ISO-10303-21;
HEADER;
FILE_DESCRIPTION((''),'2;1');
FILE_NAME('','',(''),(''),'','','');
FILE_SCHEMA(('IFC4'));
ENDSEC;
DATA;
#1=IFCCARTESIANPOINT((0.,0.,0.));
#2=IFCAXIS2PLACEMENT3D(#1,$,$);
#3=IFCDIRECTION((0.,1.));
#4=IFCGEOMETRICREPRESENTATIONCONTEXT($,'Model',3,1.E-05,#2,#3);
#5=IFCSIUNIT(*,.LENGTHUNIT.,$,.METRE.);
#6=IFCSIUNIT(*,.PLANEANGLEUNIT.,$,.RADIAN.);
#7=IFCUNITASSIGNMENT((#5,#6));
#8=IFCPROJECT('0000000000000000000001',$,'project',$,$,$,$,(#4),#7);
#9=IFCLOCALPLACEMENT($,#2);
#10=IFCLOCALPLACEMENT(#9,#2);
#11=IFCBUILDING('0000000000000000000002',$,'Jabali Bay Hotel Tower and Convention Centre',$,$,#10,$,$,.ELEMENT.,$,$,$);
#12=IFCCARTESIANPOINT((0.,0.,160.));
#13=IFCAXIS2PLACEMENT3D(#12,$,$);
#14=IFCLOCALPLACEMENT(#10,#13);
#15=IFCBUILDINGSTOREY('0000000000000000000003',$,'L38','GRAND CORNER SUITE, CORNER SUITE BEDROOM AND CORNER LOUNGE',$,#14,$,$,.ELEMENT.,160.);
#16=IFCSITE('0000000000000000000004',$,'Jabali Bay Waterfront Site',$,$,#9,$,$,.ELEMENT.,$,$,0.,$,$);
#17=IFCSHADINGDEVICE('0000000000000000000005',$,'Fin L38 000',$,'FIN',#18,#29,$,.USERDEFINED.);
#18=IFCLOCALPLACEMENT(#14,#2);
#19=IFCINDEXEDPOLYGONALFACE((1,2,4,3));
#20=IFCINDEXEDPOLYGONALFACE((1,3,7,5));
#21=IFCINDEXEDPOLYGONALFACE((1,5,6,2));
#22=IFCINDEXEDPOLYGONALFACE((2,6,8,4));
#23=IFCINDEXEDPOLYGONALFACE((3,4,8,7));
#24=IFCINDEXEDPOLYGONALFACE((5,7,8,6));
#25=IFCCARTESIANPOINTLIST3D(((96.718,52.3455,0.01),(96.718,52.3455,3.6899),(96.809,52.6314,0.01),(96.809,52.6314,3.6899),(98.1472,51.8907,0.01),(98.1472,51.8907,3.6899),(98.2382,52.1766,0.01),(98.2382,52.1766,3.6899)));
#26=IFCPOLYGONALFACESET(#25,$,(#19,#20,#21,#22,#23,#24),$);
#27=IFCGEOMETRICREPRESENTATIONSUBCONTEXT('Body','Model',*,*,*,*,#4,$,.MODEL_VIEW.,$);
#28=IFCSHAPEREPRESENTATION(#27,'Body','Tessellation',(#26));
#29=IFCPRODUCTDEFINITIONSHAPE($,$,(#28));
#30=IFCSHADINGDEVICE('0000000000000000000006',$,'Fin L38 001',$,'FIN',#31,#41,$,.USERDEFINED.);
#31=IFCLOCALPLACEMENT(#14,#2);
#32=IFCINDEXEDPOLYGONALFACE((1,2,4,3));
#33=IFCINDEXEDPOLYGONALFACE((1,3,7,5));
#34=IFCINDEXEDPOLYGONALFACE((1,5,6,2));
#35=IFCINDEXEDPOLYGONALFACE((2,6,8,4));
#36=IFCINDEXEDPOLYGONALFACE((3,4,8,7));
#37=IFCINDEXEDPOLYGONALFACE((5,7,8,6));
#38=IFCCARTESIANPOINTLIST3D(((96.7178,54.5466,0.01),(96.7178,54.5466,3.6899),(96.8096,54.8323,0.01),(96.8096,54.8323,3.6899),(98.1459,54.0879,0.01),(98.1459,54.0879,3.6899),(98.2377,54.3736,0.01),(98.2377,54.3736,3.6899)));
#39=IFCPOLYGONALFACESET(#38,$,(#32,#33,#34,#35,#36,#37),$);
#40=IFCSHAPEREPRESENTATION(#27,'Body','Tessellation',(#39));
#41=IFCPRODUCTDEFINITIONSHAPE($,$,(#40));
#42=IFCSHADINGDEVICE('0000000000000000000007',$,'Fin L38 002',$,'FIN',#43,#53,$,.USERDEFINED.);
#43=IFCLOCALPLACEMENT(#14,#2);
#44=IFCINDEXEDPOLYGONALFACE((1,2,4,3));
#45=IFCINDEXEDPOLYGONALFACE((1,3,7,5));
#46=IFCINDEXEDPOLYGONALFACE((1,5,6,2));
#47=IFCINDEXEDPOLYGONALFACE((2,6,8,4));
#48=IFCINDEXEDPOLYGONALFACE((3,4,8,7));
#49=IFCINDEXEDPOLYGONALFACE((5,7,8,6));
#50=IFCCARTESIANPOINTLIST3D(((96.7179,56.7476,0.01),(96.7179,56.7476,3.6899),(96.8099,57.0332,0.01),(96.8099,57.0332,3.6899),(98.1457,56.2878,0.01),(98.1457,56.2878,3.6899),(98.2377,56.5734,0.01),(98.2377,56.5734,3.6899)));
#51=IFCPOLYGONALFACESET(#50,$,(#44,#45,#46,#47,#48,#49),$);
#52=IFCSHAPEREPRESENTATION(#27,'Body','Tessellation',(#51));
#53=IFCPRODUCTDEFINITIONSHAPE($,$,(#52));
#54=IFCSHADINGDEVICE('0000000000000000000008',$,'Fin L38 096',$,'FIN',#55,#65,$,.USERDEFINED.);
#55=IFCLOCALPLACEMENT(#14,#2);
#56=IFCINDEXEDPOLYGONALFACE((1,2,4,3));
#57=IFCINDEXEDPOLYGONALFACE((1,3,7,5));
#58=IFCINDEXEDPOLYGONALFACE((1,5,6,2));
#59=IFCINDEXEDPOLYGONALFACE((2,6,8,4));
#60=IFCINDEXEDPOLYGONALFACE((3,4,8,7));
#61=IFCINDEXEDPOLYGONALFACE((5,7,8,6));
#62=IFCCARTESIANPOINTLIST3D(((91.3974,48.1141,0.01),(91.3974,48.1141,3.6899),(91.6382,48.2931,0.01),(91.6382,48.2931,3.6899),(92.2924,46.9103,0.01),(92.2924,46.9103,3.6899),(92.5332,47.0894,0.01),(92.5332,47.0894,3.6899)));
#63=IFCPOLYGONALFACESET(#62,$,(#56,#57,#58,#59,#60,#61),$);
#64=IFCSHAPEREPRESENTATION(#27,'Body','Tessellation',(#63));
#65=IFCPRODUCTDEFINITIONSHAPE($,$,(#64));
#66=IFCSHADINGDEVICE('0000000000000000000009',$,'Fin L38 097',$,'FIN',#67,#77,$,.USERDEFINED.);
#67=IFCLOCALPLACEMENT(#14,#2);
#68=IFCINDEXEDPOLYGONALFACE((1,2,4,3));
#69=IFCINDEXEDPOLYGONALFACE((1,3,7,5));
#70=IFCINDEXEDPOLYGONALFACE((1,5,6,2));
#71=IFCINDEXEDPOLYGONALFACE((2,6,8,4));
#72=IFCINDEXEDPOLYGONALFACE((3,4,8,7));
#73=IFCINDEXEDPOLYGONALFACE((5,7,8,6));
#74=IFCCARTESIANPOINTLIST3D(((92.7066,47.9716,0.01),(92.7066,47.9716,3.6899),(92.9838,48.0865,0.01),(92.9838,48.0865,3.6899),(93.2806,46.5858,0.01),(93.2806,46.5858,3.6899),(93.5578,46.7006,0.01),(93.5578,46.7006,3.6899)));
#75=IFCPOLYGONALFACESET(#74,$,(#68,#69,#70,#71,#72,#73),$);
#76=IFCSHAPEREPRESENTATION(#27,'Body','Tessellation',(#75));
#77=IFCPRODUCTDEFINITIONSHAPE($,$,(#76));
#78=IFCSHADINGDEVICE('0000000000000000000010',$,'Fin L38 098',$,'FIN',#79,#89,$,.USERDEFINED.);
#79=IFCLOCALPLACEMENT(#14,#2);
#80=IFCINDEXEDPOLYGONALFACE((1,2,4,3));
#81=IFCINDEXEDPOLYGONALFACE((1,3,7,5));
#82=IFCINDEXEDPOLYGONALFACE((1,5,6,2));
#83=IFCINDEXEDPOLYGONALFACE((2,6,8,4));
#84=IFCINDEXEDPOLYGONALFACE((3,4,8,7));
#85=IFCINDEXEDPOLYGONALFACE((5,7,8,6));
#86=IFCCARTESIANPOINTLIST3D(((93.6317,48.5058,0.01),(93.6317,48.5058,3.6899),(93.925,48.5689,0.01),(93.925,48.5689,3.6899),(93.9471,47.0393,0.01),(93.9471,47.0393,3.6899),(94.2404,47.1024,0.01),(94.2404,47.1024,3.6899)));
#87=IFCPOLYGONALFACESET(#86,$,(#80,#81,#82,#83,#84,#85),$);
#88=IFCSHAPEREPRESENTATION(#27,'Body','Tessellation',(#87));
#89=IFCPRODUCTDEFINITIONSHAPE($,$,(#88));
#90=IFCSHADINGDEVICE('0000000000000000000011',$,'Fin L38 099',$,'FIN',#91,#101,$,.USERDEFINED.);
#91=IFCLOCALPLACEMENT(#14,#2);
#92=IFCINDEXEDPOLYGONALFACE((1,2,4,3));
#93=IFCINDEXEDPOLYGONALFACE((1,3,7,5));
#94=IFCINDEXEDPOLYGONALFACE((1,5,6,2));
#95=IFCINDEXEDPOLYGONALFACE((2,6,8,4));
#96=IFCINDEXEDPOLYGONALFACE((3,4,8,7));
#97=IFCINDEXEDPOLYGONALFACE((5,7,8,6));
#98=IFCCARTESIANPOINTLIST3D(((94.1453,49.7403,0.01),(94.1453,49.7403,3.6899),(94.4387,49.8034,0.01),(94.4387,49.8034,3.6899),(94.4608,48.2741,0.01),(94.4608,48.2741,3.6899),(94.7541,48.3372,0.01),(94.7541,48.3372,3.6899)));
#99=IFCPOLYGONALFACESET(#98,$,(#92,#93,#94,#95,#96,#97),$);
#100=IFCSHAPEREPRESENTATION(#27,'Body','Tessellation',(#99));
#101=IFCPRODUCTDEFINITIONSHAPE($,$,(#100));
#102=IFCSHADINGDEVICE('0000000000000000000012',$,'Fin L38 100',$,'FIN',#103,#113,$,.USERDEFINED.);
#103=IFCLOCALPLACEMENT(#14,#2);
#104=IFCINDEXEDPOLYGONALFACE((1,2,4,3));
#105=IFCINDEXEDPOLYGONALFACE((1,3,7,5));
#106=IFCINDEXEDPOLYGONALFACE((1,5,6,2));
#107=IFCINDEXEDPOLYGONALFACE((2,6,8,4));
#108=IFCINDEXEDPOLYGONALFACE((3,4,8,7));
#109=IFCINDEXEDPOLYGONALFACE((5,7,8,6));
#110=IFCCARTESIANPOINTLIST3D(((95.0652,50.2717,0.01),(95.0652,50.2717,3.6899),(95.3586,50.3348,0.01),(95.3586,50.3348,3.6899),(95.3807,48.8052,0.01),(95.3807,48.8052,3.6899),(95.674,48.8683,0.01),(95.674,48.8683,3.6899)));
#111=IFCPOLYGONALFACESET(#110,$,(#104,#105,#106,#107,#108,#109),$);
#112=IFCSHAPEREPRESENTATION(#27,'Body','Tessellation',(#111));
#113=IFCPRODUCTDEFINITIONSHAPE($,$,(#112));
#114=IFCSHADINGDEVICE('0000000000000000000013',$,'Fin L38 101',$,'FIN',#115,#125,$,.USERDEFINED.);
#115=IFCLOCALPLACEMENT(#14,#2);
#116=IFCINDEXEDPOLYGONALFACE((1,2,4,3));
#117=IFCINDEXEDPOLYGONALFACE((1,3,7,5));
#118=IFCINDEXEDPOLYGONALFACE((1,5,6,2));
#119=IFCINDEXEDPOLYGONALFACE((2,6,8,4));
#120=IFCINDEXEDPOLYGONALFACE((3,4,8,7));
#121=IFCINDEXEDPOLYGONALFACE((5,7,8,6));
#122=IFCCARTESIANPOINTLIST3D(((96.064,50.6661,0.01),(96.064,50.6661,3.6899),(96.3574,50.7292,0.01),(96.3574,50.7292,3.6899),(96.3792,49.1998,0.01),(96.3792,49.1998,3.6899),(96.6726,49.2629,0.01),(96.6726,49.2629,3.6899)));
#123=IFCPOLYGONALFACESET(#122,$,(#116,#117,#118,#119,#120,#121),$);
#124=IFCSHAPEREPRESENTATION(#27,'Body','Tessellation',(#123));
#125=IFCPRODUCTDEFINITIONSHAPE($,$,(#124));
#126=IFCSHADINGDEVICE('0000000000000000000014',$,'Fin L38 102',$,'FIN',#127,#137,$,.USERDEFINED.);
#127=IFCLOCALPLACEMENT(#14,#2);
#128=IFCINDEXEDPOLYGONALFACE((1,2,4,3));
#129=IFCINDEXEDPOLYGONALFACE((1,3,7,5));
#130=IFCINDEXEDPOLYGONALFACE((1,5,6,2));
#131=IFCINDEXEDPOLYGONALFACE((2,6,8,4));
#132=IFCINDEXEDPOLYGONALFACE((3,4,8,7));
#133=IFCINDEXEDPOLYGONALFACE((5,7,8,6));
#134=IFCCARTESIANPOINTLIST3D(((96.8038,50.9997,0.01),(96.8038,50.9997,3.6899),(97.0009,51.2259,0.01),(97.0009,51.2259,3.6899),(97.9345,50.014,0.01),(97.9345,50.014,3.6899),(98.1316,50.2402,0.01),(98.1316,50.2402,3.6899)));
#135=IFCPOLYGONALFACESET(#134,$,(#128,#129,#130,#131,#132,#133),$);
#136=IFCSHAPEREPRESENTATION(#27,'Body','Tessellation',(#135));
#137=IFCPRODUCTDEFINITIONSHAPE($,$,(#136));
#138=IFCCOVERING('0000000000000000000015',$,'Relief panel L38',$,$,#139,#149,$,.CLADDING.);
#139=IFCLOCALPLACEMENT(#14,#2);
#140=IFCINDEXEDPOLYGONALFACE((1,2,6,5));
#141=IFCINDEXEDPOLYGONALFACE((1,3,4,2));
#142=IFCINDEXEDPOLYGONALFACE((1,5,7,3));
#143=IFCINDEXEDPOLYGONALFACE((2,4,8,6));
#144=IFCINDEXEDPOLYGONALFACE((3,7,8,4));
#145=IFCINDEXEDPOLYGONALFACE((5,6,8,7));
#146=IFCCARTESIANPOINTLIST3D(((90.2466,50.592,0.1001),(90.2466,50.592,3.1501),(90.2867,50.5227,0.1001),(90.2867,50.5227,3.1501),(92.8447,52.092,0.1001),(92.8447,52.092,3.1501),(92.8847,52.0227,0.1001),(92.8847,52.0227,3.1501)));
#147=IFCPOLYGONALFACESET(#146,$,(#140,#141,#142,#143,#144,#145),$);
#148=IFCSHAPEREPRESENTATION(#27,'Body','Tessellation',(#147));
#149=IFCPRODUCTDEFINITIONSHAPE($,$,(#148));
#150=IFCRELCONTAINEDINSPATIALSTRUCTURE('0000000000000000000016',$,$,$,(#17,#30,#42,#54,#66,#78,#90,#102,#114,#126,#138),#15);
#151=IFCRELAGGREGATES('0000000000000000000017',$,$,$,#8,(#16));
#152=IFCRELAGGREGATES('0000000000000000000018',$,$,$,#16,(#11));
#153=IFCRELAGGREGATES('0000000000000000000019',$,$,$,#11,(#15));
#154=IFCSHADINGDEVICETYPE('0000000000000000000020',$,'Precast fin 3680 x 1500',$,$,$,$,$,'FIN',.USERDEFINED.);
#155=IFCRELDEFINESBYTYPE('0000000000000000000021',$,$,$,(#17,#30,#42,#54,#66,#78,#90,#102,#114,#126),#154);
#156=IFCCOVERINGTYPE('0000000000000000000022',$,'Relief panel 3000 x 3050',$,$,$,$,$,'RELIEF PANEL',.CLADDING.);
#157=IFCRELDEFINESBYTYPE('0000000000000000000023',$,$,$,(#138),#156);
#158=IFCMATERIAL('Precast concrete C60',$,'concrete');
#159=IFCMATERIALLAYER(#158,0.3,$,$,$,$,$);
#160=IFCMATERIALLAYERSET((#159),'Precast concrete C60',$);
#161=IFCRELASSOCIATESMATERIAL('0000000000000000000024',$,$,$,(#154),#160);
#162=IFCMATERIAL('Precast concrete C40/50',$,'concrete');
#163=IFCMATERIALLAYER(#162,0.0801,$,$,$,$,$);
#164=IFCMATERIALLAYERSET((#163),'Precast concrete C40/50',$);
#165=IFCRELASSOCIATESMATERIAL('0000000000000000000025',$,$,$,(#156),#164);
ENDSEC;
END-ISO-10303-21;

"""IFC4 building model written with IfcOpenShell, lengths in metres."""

from ifc_helpers import new_model, si_unit, direction, frame, frame_2d, origin, origin_2d, place, context, subcontext, project, spatial, rectangle, extrude, material, layer, layer_set, type_object, element, save


model = new_model("IFC4")

# Units and contexts
model_context = context("Model", 3, precision=1e-05, world=origin(), true_north=direction((0.0, 1.0)))
body_context = subcontext(model_context, "Body", "Model", "MODEL_VIEW")
ifc_project = project(units=[si_unit("LENGTHUNIT", "METRE"), si_unit("PLANEANGLEUNIT", "RADIAN")], contexts=[model_context])

# Site, building, storey
site_placement = place(None, origin())
site = spatial("IfcSite", under=ifc_project, at=site_placement, Name="Jabali Bay Waterfront Site", CompositionType="ELEMENT", RefElevation=0.0)
building_placement = place(site_placement, origin())
building = spatial("IfcBuilding", under=site, at=building_placement, Name="Jabali Bay Hotel Tower and Convention Centre", CompositionType="ELEMENT")
storey_placement = place(building_placement, frame((0.0, 0.0, 160.0)))
storey = spatial("IfcBuildingStorey", under=building, at=storey_placement, Name="L38", Description="GRAND CORNER SUITE, CORNER SUITE BEDROOM AND CORNER LOUNGE", CompositionType="ELEMENT", Elevation=160.0)

# Shading devices
ifc_material_1 = material(Name="Precast concrete C60", Category="concrete")
ifc_layer_1 = layer(ifc_material_1, 0.3)
ifc_layer_set_1 = layer_set([ifc_layer_1], Name="Precast concrete C60")
shading_device_type = type_object("IfcShadingDeviceType", Name="Precast fin 3680 x 1500", ElementType="FIN", PredefinedType="USERDEFINED", material=ifc_layer_set_1)
shading_device_1_placement = place(storey_placement, frame((96.7634, 52.4885, 0.01), z_axis=(0.0, 0.0, 1.0), x_axis=(0.952909, -0.303257, 0.0)))
element("IfcShadingDevice", 1, at=shading_device_1_placement, inside=storey, type_object=shading_device_type, Name="Fin L38 000", ObjectType="FIN", PredefinedType="USERDEFINED", context=body_context, shape_type="SweptSolid", body=[
    extrude(rectangle(XDim=1.4998, YDim=0.3, at=frame_2d((0.75, 0.0))), origin(), (0.0, 0.0, 1.0), 3.6799),
])
for number, where, z_axis, x_axis, name in (
    (2, (96.7637, 54.6895, 0.01), (0.0, 0.0, 1.0), (0.952093, -0.305809, 0.0), "Fin L38 001"),
    (3, (96.7639, 56.8904, 0.01), (0.0, 0.0, 1.0), (0.951873, -0.306494, 0.0), "Fin L38 002"),
    (4, (91.5178, 48.2036, 0.01), (0.0, 0.0, 1.0), (0.596636, -0.802512, 0.0), "Fin L38 096"),
    (5, (92.8452, 48.0291, 0.01), (0.0, 0.0, 1.0), (0.382673, -0.923884, 0.0), "Fin L38 097"),
    (6, (93.7783, 48.5374, 0.01), (0.0, 0.0, 1.0), (0.210274, -0.977643, 0.0), "Fin L38 098"),
):
    element("IfcShadingDevice", number, at=place(storey_placement, frame(where, z_axis=z_axis, x_axis=x_axis)), inside=storey, type_object=shading_device_type, Name=name, ObjectType="FIN", PredefinedType="USERDEFINED", context=body_context, shape_type="SweptSolid", body=[
        extrude(rectangle(XDim=1.5, YDim=0.3, at=frame_2d((0.75, 0.0))), origin(), (0.0, 0.0, 1.0), 3.6799),
    ])
shading_device_2_placement = place(storey_placement, frame((94.292, 49.772, 0.01), z_axis=(0.0, 0.0, 1.0), x_axis=(0.210307, -0.977635, 0.0)))
element("IfcShadingDevice", 7, at=shading_device_2_placement, inside=storey, type_object=shading_device_type, Name="Fin L38 099", ObjectType="FIN", PredefinedType="USERDEFINED", context=body_context, shape_type="SweptSolid", body=[
    extrude(rectangle(XDim=1.4998, YDim=0.3, at=frame_2d((0.75, 0.0))), origin(), (0.0, 0.0, 1.0), 3.6799),
])
shading_device_3_placement = place(storey_placement, frame((95.2119, 50.3032, 0.01), z_axis=(0.0, 0.0, 1.0), x_axis=(0.210274, -0.977643, 0.0)))
element("IfcShadingDevice", 8, at=shading_device_3_placement, inside=storey, type_object=shading_device_type, Name="Fin L38 100", ObjectType="FIN", PredefinedType="USERDEFINED", context=body_context, shape_type="SweptSolid", body=[
    extrude(rectangle(XDim=1.5, YDim=0.3, at=frame_2d((0.75, 0.0))), origin(), (0.0, 0.0, 1.0), 3.6799),
])
shading_device_4_placement = place(storey_placement, frame((96.2107, 50.6978, 0.01), z_axis=(0.0, 0.0, 1.0), x_axis=(0.210152, -0.977669, 0.0)))
element("IfcShadingDevice", 9, at=shading_device_4_placement, inside=storey, type_object=shading_device_type, Name="Fin L38 101", ObjectType="FIN", PredefinedType="USERDEFINED", context=body_context, shape_type="SweptSolid", body=[
    extrude(rectangle(XDim=1.4998, YDim=0.3, at=frame_2d((0.75, 0.0))), origin(), (0.0, 0.0, 1.0), 3.6799),
])
shading_device_5_placement = place(storey_placement, frame((96.9023, 51.1128, 0.01), z_axis=(0.0, 0.0, 1.0), x_axis=(0.753795, -0.657109, 0.0)))
element("IfcShadingDevice", 10, at=shading_device_5_placement, inside=storey, type_object=shading_device_type, Name="Fin L38 102", ObjectType="FIN", PredefinedType="USERDEFINED", context=body_context, shape_type="SweptSolid", body=[
    extrude(rectangle(XDim=1.5, YDim=0.3, at=frame_2d((0.75, 0.0))), origin(), (0.0, 0.0, 1.0), 3.6799),
])

# Covering
ifc_material_2 = material(Name="Precast concrete C40/50", Category="concrete")
ifc_layer_2 = layer(ifc_material_2, 0.0801)
ifc_layer_set_2 = layer_set([ifc_layer_2], Name="Precast concrete C40/50")
covering_type = type_object("IfcCoveringType", Name="Relief panel 3000 x 3050", ElementType="RELIEF PANEL", PredefinedType="CLADDING", material=ifc_layer_set_2)
covering_placement = place(storey_placement, frame((91.5657, 51.3074, 0.1001), z_axis=(0.0, 0.0, 1.0), x_axis=(-0.866025, -0.5, 0.0)))
element("IfcCovering", 11, at=covering_placement, inside=storey, type_object=covering_type, Name="Relief panel L38", PredefinedType="CLADDING", context=body_context, shape_type="SweptSolid", body=[
    extrude(rectangle(XDim=3.0, YDim=0.0801, at=origin_2d()), origin(), (0.0, 0.0, 1.0), 3.05),
])

save(model, "model.ifc")
